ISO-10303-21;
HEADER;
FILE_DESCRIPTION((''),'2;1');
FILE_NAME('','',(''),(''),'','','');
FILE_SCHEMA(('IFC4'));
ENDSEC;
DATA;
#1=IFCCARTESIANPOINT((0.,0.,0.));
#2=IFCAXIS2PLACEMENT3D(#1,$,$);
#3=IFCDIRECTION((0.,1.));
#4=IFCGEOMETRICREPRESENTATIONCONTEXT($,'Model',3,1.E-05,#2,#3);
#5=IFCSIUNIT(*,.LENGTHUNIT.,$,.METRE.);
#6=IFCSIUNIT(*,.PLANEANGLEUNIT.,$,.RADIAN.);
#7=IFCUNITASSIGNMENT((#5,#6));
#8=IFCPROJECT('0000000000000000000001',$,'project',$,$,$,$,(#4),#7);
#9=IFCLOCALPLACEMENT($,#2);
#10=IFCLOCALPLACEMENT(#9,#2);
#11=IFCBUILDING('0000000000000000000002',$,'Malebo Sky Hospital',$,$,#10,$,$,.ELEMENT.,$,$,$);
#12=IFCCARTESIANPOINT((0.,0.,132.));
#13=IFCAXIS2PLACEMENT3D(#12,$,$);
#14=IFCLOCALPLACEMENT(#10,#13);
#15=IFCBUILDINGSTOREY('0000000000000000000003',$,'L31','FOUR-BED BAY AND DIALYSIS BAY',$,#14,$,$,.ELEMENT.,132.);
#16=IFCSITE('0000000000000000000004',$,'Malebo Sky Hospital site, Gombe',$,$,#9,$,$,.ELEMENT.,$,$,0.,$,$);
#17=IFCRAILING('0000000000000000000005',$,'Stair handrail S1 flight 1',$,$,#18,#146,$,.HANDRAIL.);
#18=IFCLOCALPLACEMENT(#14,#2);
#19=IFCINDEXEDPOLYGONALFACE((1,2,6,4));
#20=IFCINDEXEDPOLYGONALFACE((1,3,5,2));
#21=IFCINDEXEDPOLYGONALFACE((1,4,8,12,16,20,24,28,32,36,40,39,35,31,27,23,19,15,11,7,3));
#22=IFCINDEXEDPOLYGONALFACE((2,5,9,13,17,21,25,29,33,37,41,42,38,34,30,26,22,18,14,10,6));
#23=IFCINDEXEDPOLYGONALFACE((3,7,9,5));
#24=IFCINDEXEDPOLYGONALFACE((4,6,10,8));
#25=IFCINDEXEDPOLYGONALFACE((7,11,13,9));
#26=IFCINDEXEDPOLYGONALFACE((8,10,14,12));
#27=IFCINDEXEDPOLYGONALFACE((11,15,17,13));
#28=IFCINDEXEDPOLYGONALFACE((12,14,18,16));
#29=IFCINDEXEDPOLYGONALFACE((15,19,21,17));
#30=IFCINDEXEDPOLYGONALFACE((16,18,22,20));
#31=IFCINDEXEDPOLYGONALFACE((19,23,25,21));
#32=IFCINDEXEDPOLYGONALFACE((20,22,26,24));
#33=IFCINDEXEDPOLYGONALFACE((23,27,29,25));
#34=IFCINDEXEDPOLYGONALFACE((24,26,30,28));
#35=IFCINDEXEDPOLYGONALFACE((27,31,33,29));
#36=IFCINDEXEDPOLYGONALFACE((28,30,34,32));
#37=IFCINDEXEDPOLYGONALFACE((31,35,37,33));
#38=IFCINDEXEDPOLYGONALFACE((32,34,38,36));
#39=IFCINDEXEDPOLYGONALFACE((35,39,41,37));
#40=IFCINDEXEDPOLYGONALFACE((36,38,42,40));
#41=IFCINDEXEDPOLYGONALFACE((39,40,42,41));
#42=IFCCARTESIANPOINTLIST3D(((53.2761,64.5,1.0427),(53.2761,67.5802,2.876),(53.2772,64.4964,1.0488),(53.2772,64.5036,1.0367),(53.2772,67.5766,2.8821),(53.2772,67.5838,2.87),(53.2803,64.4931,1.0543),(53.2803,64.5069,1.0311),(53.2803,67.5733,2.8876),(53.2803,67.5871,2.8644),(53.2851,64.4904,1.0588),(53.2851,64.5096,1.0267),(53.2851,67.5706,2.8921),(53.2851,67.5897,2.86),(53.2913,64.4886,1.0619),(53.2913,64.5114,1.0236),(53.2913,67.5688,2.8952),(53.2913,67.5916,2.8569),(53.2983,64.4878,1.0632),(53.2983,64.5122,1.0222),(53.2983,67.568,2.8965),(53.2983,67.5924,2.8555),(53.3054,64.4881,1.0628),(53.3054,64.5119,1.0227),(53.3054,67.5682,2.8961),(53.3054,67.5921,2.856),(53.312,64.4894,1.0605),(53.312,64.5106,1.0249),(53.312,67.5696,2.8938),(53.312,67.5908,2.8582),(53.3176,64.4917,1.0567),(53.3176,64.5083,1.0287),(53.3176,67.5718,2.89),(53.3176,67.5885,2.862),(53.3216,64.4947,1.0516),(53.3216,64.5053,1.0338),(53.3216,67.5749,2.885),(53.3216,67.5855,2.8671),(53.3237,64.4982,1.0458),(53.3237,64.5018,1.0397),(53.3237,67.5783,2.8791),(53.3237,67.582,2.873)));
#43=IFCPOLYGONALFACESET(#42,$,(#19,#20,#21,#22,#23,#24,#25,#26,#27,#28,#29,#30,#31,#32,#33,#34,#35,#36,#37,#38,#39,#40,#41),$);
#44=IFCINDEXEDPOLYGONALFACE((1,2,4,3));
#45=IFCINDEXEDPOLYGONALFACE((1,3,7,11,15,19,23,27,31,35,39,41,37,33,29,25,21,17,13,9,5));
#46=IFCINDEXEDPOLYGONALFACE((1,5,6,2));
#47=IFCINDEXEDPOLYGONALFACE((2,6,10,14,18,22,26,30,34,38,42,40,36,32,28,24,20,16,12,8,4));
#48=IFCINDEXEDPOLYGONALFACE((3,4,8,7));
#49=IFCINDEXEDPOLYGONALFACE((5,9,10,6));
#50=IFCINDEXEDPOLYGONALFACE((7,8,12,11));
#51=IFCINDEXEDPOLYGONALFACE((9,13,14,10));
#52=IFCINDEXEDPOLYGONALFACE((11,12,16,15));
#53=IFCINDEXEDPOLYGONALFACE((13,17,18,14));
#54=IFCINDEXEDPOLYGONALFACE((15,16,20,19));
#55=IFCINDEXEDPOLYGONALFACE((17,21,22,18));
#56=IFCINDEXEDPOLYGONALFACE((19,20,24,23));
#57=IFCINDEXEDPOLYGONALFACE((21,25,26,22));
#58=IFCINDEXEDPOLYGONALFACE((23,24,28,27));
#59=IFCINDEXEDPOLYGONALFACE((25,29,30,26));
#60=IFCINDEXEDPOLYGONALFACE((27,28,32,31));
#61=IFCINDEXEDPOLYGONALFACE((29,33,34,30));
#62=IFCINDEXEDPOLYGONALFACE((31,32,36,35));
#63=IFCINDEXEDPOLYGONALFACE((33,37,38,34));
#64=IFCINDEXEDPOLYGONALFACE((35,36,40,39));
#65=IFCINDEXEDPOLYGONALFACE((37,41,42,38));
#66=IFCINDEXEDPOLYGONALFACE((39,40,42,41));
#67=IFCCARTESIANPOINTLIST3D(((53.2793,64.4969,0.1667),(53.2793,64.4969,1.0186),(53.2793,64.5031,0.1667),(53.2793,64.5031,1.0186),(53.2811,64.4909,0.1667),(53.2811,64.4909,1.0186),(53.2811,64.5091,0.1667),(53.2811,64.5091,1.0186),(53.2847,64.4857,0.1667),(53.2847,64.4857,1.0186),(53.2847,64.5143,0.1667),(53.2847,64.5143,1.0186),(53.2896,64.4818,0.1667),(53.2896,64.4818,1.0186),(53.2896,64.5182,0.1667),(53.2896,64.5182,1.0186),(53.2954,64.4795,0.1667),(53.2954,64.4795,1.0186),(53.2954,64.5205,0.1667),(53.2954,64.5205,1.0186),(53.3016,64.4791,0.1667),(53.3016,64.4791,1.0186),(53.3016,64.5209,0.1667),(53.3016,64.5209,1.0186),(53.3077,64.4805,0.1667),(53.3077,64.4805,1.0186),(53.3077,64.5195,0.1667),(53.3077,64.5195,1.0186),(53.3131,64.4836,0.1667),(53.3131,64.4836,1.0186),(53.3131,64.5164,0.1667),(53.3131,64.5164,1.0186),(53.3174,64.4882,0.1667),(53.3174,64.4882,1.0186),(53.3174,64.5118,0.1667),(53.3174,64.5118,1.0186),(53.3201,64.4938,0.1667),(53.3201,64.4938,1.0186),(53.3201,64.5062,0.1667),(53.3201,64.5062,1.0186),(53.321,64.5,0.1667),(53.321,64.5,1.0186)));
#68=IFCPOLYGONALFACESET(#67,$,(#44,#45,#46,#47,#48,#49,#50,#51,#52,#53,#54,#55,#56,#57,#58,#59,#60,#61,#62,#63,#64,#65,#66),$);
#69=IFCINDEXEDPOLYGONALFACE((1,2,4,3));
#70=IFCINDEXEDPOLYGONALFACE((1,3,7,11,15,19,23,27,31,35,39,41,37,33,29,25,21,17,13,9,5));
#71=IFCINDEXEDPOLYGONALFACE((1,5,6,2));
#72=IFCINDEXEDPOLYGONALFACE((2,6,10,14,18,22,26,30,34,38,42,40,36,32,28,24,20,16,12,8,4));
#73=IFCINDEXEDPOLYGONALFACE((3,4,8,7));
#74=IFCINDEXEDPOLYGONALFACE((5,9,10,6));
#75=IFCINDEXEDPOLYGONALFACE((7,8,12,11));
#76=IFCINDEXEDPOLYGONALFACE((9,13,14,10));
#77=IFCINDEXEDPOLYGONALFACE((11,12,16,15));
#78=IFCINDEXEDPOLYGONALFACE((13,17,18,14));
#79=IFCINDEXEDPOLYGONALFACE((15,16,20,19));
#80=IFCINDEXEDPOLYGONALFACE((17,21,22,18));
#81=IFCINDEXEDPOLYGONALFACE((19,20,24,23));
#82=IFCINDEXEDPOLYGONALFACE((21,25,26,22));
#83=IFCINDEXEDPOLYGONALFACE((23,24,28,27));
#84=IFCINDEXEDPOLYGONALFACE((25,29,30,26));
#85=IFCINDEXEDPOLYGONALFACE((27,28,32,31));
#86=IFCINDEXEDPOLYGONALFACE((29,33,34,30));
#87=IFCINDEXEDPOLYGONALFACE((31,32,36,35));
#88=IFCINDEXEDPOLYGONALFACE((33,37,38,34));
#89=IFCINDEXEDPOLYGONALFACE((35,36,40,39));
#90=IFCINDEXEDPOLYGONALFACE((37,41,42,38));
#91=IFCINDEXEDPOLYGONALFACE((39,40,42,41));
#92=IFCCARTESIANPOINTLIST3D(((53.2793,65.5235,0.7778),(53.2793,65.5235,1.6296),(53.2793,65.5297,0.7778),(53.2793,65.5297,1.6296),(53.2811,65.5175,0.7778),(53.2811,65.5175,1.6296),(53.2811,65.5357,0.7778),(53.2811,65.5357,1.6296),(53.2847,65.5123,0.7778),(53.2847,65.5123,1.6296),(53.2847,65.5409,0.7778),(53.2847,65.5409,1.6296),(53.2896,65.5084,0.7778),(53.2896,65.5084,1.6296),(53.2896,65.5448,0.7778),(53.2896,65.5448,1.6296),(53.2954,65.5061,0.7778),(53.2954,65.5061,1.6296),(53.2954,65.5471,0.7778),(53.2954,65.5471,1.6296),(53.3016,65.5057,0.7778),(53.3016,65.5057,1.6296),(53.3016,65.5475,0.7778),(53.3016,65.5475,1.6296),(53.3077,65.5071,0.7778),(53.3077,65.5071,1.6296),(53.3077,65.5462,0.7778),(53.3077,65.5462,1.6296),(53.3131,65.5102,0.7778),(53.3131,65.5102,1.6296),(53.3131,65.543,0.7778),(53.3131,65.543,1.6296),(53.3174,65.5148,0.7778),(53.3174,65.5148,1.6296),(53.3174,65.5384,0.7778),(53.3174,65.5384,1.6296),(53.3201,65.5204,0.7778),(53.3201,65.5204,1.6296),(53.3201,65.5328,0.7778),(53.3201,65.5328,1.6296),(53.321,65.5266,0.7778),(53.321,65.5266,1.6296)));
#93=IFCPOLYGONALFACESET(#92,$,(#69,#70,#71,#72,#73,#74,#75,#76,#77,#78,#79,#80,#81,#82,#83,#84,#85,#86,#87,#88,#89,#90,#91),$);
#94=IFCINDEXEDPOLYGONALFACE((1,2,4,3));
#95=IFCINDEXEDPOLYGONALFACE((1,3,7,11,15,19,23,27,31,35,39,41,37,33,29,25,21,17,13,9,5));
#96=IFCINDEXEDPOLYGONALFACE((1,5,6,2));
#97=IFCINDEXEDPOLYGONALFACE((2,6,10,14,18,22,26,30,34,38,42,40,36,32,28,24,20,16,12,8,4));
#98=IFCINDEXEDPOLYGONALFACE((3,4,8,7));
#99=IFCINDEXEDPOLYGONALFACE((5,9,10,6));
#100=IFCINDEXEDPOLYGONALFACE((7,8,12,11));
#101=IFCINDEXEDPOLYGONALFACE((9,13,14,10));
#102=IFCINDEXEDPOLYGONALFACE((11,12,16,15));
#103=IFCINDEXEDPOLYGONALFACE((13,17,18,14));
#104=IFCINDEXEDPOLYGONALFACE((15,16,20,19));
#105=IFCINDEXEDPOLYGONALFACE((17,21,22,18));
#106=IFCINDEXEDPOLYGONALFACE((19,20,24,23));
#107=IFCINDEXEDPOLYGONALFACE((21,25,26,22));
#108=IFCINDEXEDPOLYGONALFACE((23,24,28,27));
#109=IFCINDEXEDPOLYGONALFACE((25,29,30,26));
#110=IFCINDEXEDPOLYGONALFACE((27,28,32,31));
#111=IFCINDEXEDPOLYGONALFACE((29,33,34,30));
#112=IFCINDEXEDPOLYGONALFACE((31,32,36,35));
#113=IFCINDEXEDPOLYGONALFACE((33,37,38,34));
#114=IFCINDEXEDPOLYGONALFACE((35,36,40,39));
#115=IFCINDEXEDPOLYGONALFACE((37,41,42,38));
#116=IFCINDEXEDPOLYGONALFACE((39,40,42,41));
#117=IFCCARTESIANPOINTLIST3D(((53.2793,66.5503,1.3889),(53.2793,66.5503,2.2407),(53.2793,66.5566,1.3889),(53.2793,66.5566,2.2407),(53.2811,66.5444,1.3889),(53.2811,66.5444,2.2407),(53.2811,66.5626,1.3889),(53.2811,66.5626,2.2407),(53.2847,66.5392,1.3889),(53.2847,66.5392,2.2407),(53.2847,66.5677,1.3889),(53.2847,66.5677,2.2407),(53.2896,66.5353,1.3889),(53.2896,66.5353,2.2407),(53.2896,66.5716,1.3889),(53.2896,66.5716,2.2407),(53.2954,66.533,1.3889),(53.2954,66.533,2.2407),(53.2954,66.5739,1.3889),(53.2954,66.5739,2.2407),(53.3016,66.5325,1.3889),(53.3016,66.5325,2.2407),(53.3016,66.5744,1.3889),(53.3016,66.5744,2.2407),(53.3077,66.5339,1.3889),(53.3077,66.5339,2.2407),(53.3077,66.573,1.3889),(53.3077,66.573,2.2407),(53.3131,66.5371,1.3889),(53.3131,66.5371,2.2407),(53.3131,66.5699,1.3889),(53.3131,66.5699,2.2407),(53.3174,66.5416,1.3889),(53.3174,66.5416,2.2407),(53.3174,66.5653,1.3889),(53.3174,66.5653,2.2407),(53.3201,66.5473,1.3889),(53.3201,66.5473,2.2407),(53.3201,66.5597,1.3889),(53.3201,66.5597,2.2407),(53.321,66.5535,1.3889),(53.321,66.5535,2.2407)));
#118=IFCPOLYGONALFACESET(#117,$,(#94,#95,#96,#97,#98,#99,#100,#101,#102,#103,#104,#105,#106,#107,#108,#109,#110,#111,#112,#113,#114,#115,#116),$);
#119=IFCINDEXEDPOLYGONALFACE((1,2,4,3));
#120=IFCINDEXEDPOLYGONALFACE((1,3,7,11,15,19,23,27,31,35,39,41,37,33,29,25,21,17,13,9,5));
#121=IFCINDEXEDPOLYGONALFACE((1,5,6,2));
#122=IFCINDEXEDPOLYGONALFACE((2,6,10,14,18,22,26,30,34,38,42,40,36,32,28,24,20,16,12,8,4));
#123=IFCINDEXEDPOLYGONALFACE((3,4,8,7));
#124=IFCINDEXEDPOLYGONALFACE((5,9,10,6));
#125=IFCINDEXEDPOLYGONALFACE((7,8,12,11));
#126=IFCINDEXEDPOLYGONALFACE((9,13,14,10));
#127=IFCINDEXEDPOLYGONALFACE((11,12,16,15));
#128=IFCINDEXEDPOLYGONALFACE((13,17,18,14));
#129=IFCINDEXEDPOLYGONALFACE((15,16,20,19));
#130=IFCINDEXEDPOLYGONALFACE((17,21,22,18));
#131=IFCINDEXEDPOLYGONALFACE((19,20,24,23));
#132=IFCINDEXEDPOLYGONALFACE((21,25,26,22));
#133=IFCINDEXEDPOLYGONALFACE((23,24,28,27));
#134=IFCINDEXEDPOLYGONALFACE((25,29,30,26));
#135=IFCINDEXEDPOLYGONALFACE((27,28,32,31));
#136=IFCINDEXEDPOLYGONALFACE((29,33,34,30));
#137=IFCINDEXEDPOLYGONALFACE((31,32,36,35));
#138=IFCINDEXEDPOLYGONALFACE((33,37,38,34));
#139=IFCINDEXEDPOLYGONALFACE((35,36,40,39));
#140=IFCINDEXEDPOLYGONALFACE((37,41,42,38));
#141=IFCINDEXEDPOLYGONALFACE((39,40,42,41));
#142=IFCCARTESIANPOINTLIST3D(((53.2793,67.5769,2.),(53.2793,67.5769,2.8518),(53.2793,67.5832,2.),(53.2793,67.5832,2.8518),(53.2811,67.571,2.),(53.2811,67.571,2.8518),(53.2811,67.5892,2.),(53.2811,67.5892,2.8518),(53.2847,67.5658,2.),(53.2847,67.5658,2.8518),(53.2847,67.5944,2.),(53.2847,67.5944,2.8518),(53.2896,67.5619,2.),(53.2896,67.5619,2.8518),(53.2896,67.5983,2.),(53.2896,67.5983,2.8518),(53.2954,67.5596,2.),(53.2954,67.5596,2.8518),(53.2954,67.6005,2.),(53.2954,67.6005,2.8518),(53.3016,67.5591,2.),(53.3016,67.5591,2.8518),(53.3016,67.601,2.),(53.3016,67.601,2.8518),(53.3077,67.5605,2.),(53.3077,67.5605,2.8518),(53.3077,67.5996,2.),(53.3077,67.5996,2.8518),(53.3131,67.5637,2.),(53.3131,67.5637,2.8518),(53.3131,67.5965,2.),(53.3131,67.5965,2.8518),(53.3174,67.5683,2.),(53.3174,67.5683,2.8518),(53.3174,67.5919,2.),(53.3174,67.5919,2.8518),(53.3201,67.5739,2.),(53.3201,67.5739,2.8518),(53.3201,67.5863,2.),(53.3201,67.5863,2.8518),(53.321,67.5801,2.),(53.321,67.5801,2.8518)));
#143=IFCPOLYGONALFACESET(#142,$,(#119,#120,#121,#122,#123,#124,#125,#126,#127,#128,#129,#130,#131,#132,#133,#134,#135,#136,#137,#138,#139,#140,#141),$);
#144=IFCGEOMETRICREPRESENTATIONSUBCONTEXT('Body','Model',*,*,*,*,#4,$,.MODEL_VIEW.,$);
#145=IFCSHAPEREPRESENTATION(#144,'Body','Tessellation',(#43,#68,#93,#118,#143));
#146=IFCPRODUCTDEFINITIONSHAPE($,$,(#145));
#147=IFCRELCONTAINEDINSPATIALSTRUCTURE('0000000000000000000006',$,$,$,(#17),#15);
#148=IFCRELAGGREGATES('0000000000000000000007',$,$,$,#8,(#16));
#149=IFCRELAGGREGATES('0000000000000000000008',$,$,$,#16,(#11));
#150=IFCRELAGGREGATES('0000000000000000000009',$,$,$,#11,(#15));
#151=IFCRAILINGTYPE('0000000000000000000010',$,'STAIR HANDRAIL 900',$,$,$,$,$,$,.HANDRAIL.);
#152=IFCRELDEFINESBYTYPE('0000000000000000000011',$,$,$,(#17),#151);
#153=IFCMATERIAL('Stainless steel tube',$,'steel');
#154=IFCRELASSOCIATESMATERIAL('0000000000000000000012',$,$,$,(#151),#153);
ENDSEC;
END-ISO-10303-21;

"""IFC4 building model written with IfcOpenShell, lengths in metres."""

from ifc_helpers import new_model, si_unit, direction, frame, origin, origin_2d, place, context, subcontext, project, spatial, circle, extrude, material, type_object, element, save


model = new_model("IFC4")

# Units and contexts
model_context = context("Model", 3, precision=1e-05, world=origin(), true_north=direction((0.0, 1.0)))
body_context = subcontext(model_context, "Body", "Model", "MODEL_VIEW")
ifc_project = project(units=[si_unit("LENGTHUNIT", "METRE"), si_unit("PLANEANGLEUNIT", "RADIAN")], contexts=[model_context])

# Site, building, storey
site_placement = place(None, origin())
site = spatial("IfcSite", under=ifc_project, at=site_placement, Name="Malebo Sky Hospital site, Gombe", CompositionType="ELEMENT", RefElevation=0.0)
building_placement = place(site_placement, origin())
building = spatial("IfcBuilding", under=site, at=building_placement, Name="Malebo Sky Hospital", CompositionType="ELEMENT")
storey_placement = place(building_placement, frame((0.0, 0.0, 132.0)))
storey = spatial("IfcBuildingStorey", under=building, at=storey_placement, Name="L31", Description="FOUR-BED BAY AND DIALYSIS BAY", CompositionType="ELEMENT", Elevation=132.0)

# Railing
ifc_material_1 = material(Name="Stainless steel tube", Category="steel")
railing_type = type_object("IfcRailingType", Name="STAIR HANDRAIL 900", PredefinedType="HANDRAIL", material=ifc_material_1)
railing_1_placement = place(storey_placement, frame((53.3, 64.5, 0.1667)))
element("IfcRailing", 1, at=railing_1_placement, inside=storey, type_object=railing_type, Name="Stair handrail S1 flight 1", PredefinedType="HANDRAIL", context=body_context, shape_type="SweptSolid", body=[
    extrude(circle(Radius=0.0239, at=origin_2d()), frame((0.0, 0.0, 0.876), z_axis=(0.0, 0.859309, 0.511458), x_axis=(-1.0, 0.0, 0.0)), (0.0, 0.0, 1.0), 3.5845),
    extrude(circle(Radius=0.021, at=origin_2d()), origin(), (0.0, 0.0, 1.0), 0.8518),
    extrude(circle(Radius=0.021, at=origin_2d()), frame((0.0, 1.0266, 0.6111)), (0.0, 0.0, 1.0), 0.8518),
    extrude(circle(Radius=0.021, at=origin_2d()), frame((0.0, 2.0535, 1.2222)), (0.0, 0.0, 1.0), 0.8518),
    extrude(circle(Radius=0.021, at=origin_2d()), frame((0.0, 3.0801, 1.8333)), (0.0, 0.0, 1.0), 0.8518),
])

save(model, "model.ifc")
